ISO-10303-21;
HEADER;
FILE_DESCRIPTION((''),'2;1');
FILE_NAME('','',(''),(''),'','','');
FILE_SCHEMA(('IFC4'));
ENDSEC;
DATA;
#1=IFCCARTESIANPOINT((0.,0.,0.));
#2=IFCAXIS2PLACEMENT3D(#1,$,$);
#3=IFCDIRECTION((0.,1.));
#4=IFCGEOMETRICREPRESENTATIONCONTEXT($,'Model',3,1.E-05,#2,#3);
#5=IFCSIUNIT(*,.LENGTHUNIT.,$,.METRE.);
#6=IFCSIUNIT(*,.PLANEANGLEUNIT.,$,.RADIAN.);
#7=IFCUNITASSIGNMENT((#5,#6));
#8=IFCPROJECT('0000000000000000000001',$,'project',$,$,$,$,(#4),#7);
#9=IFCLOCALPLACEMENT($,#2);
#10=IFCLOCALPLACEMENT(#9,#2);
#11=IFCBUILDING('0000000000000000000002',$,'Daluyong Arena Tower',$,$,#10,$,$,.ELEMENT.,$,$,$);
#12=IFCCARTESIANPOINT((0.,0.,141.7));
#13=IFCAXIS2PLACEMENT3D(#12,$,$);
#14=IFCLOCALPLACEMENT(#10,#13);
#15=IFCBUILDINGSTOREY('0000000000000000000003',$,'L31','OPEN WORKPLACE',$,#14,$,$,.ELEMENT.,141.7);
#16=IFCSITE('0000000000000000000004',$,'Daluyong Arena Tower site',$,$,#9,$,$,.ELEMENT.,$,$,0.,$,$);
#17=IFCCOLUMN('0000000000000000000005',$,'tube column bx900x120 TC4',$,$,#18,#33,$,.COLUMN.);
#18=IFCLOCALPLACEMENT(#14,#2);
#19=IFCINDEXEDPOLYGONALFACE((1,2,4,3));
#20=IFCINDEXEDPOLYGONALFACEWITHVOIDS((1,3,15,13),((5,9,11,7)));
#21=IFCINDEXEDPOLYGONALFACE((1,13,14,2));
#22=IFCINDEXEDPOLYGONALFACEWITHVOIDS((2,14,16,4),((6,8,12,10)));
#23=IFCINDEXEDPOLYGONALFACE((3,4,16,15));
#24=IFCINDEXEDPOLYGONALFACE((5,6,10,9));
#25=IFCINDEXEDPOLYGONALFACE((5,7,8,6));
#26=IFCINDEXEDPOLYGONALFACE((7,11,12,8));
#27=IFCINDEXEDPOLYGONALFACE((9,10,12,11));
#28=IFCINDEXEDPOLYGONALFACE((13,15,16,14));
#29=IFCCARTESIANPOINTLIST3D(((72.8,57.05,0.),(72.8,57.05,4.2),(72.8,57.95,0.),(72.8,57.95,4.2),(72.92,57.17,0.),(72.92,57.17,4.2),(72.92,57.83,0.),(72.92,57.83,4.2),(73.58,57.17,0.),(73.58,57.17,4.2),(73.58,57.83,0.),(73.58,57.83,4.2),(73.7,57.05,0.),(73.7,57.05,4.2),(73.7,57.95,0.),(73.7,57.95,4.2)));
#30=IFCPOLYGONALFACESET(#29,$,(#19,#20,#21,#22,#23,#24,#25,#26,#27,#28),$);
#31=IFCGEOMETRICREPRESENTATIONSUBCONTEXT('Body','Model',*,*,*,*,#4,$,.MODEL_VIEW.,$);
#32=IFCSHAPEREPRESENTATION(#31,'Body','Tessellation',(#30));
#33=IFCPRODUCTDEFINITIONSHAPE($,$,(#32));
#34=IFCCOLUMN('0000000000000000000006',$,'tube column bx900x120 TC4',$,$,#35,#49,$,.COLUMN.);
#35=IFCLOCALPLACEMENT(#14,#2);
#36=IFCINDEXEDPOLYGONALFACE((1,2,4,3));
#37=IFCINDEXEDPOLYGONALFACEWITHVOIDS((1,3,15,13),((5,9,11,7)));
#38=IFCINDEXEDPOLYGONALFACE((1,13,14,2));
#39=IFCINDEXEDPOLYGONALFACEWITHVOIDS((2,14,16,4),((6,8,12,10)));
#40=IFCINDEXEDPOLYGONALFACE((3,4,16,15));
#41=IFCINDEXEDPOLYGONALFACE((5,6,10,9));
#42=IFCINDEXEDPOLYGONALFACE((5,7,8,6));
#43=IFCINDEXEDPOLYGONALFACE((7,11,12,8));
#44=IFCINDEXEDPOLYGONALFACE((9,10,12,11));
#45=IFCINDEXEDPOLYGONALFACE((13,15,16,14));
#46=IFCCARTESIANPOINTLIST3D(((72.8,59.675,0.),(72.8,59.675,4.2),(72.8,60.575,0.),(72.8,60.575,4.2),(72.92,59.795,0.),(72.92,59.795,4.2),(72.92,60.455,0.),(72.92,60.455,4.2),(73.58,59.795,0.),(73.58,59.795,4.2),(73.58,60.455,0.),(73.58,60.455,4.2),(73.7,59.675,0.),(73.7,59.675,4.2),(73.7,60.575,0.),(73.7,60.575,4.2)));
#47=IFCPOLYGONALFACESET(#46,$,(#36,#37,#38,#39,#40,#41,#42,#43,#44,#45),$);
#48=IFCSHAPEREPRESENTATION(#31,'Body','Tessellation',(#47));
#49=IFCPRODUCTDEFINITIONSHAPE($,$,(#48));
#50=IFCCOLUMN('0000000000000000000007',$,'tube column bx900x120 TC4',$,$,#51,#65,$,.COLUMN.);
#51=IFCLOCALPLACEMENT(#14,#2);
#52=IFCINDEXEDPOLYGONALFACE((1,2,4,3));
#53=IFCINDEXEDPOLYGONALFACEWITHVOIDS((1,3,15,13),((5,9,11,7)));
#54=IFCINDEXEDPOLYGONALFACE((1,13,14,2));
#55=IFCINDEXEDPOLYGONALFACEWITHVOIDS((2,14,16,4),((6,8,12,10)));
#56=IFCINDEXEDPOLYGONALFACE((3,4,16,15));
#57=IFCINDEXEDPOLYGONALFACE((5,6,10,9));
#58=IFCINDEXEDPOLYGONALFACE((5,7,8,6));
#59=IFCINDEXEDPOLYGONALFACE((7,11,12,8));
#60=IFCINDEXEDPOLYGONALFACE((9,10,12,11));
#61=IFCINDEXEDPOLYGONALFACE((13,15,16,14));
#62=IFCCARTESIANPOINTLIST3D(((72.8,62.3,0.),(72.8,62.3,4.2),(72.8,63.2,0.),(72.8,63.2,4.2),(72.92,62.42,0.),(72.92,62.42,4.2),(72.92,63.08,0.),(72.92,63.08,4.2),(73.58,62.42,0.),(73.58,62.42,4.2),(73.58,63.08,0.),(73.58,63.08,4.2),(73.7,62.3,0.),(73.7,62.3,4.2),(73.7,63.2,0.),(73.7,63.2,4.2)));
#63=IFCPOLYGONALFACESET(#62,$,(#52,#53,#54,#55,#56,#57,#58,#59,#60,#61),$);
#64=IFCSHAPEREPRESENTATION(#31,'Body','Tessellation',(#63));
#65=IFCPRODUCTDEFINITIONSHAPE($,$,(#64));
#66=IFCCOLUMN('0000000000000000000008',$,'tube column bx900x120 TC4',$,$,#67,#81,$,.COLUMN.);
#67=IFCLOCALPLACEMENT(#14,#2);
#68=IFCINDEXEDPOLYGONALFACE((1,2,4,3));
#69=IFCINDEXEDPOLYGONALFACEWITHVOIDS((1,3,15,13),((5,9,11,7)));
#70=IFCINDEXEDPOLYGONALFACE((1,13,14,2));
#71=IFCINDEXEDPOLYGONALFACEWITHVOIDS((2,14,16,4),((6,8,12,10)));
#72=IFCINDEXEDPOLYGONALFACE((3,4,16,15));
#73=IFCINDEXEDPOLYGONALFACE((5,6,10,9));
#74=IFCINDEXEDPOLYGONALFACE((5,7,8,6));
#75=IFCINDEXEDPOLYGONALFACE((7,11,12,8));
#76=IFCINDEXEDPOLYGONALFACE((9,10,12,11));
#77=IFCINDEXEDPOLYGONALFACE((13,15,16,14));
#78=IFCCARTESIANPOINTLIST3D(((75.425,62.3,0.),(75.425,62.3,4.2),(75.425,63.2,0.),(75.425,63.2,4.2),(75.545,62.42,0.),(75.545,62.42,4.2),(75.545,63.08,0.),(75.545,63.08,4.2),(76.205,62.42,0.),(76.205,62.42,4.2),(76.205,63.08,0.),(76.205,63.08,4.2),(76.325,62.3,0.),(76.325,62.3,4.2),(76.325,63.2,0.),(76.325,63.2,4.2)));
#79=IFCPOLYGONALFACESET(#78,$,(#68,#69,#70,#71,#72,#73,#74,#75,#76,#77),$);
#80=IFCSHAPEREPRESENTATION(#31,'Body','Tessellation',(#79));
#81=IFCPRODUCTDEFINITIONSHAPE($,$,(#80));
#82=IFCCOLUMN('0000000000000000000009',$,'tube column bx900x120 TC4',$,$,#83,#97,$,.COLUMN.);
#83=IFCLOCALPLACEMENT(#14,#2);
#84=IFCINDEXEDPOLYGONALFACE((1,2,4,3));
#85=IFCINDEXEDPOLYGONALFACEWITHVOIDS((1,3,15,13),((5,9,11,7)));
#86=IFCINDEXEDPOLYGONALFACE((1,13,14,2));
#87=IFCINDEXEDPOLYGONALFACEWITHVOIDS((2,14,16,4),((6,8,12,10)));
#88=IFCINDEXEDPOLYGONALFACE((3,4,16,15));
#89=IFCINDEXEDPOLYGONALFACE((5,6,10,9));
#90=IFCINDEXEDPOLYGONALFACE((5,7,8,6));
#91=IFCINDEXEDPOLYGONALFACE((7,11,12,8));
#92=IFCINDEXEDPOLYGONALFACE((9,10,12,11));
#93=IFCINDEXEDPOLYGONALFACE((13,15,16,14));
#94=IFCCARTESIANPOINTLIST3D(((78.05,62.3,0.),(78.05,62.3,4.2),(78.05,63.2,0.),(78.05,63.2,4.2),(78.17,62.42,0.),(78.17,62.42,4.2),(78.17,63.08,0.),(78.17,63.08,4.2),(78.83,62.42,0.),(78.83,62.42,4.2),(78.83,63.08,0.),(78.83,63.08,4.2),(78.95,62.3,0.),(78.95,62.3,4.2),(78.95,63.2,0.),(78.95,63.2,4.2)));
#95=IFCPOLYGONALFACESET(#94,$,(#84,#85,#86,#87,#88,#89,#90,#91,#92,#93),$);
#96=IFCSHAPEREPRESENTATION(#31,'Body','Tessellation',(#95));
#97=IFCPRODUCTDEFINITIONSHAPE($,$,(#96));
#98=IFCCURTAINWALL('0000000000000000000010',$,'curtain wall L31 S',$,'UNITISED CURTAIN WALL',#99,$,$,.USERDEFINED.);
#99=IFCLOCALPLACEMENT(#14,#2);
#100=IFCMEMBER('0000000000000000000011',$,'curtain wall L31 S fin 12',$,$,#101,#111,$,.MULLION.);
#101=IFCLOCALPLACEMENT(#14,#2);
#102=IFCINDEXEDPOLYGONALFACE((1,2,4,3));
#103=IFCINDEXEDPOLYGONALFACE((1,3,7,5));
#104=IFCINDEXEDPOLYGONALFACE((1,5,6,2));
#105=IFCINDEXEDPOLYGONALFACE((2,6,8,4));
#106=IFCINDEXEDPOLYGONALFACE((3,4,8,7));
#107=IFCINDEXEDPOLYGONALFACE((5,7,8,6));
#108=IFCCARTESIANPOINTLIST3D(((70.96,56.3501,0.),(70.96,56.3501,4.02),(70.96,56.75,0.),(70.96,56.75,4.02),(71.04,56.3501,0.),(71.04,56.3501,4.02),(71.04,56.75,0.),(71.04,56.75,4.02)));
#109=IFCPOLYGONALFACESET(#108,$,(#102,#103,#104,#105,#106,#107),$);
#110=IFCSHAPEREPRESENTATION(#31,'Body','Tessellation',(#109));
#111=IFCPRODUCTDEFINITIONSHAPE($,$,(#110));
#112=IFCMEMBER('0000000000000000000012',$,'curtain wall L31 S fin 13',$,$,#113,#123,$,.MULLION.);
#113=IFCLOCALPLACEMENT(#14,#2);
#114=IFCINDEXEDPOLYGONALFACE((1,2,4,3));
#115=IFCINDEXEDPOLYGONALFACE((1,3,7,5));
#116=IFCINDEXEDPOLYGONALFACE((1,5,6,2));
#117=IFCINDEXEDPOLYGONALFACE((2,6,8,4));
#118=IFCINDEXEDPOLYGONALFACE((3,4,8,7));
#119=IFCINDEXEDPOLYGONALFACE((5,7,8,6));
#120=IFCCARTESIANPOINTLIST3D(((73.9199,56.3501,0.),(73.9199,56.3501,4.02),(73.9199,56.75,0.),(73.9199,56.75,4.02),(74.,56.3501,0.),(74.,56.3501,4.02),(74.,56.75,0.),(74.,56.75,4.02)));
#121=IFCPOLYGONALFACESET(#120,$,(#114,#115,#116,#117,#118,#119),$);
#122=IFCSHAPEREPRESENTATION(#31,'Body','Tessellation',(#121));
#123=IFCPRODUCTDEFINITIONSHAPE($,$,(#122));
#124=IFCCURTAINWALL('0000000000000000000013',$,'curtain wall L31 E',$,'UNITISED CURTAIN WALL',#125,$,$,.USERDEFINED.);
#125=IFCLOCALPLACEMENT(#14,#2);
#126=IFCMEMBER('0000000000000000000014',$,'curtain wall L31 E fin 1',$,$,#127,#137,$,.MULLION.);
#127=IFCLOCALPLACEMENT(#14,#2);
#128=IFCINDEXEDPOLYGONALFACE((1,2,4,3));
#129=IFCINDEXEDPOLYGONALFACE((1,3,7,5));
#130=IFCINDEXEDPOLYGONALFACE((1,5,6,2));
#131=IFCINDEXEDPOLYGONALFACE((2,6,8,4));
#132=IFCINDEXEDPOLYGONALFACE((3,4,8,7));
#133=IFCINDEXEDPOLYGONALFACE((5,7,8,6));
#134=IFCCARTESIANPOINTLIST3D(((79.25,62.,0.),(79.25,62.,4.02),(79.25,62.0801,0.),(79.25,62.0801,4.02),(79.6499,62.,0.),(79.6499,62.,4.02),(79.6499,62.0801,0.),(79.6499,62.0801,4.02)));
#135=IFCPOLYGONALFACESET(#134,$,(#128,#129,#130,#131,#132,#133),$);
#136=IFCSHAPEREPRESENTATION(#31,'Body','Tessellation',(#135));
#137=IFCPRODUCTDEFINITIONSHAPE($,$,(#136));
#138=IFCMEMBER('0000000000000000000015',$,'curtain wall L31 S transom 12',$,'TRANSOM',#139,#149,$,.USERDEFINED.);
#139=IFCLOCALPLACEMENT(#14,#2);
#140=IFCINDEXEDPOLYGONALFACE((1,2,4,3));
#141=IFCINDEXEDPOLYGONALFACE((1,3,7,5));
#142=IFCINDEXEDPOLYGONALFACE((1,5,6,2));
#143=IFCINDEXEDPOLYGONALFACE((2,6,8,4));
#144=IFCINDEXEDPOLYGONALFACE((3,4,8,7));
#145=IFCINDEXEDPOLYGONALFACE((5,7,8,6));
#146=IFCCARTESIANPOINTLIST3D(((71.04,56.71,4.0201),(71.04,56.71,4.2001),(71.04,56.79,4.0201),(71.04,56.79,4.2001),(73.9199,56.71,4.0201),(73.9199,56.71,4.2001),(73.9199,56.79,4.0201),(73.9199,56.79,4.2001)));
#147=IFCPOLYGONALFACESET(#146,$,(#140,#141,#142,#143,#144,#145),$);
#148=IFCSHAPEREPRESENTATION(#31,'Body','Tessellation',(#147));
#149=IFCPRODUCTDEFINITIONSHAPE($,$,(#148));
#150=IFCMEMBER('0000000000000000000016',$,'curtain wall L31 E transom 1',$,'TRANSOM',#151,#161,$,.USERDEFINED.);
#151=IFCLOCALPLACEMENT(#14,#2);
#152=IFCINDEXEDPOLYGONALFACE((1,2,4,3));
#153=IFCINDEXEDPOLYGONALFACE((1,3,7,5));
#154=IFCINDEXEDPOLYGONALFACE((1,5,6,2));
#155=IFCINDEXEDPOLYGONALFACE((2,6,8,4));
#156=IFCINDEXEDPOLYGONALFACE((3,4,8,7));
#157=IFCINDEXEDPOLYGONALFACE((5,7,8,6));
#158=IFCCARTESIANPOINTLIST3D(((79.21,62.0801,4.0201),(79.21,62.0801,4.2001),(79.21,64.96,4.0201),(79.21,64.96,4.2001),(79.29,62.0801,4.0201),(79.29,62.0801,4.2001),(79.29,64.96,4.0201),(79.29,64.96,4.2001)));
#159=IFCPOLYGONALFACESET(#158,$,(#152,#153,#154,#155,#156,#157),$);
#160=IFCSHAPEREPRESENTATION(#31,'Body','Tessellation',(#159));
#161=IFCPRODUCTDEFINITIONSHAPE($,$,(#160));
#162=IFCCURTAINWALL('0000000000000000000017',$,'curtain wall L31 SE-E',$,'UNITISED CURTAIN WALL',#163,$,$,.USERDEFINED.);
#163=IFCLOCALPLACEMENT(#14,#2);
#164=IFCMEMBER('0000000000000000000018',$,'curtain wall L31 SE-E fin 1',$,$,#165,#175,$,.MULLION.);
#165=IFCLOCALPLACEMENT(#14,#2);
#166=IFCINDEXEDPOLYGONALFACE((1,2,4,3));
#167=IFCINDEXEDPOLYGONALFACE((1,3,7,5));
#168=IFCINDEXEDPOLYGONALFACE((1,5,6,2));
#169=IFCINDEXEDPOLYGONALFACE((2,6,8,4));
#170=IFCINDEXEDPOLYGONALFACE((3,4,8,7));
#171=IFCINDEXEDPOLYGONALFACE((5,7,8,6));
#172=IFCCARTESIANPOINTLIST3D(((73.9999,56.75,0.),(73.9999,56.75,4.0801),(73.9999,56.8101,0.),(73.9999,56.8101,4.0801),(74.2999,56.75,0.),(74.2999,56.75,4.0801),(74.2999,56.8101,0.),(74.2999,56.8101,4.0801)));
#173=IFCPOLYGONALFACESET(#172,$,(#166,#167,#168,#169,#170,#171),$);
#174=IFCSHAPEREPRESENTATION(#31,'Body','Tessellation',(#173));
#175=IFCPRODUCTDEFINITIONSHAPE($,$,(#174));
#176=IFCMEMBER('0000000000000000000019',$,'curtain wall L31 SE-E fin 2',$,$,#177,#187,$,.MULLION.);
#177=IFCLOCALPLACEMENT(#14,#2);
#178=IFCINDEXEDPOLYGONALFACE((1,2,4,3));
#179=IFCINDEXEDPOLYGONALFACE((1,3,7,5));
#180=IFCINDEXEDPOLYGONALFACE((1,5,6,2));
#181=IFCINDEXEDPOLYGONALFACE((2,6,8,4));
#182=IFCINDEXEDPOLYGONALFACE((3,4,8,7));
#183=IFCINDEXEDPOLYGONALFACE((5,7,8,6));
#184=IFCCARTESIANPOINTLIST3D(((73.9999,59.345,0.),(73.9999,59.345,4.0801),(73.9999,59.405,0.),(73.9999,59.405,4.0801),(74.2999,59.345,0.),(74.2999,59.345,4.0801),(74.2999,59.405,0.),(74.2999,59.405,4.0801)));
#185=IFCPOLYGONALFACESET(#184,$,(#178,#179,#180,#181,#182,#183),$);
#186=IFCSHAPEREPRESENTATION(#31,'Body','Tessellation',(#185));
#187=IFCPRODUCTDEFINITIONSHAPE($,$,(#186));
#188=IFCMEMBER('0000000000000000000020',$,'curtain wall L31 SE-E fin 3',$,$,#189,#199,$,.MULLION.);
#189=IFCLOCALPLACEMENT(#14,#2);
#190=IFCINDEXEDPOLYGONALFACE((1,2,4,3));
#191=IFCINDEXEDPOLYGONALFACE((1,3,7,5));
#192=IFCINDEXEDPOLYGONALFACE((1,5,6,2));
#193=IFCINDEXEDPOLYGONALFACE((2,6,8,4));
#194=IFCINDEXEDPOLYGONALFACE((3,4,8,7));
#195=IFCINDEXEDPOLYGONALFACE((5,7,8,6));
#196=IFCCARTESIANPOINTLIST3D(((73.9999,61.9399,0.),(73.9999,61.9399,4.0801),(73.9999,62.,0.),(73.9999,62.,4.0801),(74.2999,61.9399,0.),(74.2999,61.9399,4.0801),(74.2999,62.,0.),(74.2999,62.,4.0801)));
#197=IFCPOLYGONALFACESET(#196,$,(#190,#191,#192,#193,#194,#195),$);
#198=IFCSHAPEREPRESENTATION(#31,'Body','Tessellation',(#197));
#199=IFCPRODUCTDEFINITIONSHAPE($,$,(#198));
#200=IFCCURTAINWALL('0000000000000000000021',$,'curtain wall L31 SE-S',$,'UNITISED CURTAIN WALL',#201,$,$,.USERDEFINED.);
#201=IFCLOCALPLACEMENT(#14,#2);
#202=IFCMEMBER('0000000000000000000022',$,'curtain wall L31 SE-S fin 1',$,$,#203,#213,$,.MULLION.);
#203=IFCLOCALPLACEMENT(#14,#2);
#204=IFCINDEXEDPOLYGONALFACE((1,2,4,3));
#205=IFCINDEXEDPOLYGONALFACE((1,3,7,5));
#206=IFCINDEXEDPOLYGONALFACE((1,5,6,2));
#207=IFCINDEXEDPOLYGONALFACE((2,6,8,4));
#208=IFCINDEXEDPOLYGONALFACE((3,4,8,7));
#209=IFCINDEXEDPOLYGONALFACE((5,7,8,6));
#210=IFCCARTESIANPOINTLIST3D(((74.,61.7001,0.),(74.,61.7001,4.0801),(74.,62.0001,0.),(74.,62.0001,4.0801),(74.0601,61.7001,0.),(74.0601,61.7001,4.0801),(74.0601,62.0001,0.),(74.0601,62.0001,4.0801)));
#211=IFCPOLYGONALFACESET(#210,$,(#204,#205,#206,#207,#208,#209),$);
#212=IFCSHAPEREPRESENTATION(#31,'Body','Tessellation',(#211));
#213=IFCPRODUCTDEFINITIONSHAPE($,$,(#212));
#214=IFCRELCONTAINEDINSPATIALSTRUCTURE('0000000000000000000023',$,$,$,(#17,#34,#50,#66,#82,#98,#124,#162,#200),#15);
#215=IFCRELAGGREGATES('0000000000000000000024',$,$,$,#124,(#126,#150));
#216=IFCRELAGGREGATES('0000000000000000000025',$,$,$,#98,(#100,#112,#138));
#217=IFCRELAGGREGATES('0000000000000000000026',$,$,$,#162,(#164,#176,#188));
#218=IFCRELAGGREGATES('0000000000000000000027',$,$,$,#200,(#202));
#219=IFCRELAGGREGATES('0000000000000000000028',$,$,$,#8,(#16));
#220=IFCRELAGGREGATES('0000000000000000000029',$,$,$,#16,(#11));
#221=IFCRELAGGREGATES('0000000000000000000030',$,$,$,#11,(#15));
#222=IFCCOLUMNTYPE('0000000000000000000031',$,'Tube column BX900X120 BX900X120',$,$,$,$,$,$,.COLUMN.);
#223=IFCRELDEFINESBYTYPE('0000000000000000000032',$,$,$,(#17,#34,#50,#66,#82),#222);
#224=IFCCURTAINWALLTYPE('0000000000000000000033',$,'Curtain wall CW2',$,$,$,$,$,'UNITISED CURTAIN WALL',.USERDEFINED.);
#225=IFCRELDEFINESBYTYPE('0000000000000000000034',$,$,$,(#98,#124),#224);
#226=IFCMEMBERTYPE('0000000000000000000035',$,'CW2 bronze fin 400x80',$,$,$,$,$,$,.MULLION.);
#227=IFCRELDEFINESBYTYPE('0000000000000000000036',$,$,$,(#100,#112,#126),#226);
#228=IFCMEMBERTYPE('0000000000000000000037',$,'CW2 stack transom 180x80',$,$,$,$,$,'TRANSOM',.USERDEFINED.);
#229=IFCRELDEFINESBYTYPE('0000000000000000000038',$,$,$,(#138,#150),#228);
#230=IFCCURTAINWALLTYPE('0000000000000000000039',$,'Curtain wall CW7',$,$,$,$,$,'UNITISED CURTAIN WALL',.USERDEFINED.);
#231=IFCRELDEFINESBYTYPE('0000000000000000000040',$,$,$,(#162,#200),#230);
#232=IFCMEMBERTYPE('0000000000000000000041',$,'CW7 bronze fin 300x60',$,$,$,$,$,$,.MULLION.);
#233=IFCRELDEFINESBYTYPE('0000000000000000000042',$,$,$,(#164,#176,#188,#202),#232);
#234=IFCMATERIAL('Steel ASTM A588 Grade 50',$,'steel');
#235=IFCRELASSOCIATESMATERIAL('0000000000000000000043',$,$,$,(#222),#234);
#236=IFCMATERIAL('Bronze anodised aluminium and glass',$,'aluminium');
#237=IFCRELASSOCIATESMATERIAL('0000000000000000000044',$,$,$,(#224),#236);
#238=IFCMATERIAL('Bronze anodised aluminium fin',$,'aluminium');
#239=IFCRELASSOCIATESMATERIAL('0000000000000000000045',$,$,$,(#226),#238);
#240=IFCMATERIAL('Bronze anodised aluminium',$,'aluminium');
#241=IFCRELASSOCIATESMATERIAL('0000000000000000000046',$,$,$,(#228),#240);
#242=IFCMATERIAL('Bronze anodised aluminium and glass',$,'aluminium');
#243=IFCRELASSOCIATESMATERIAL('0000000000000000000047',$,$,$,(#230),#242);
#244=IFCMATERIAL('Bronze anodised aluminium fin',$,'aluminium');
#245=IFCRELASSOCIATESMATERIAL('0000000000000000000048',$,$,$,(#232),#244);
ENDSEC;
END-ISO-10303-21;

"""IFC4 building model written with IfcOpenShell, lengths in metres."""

from ifc_helpers import new_model, si_unit, direction, frame, origin, origin_2d, place, context, subcontext, project, spatial, rectangle, hollow_rectangle, extrude, material, material_profile, profile_set, type_object, element, aggregate, save


model = new_model("IFC4")

# Units and contexts
model_context = context("Model", 3, precision=1e-05, world=origin(), true_north=direction((0.0, 1.0)))
body_context = subcontext(model_context, "Body", "Model", "MODEL_VIEW")
ifc_project = project(units=[si_unit("LENGTHUNIT", "METRE"), si_unit("PLANEANGLEUNIT", "RADIAN")], contexts=[model_context])

# Site, building, storey
site_placement = place(None, origin())
site = spatial("IfcSite", under=ifc_project, at=site_placement, Name="Daluyong Arena Tower site", CompositionType="ELEMENT", RefElevation=0.0)
building_placement = place(site_placement, origin())
building = spatial("IfcBuilding", under=site, at=building_placement, Name="Daluyong Arena Tower", CompositionType="ELEMENT")
storey_placement = place(building_placement, frame((0.0, 0.0, 141.7)))
storey = spatial("IfcBuildingStorey", under=building, at=storey_placement, Name="L31", Description="OPEN WORKPLACE", CompositionType="ELEMENT", Elevation=141.7)

# Columns
ifc_material_1 = material(Name="Steel ASTM A588 Grade 50", Category="steel")
ifc_material_profile_1 = material_profile(ifc_material_1, hollow_rectangle(XDim=0.8999, YDim=0.8999, WallThickness=0.12, at=origin_2d()))
ifc_profile_set_1 = profile_set([ifc_material_profile_1], Name="Steel ASTM A588 Grade 50")
column_type = type_object("IfcColumnType", Name="Tube column BX900X120 BX900X120", PredefinedType="COLUMN", material=ifc_profile_set_1)
for number, where, z_axis, x_axis, name in (
    (1, (73.25, 57.5, 0.0), (0.0, 0.0, 1.0), (0.0, 1.0, 0.0), "tube column bx900x120 TC4"),
    (2, (73.25, 60.125, 0.0), (0.0, 0.0, 1.0), (0.0, 1.0, 0.0), "tube column bx900x120 TC4"),
    (3, (73.25, 62.75, 0.0), (0.0, 0.0, 1.0), (1.0, 0.0, 0.0), "tube column bx900x120 TC4"),
    (4, (75.875, 62.75, 0.0), (0.0, 0.0, 1.0), (1.0, 0.0, 0.0), "tube column bx900x120 TC4"),
    (5, (78.5, 62.75, 0.0), (0.0, 0.0, 1.0), (0.0, 1.0, 0.0), "tube column bx900x120 TC4"),
):
    element("IfcColumn", number, at=place(storey_placement, frame(where, z_axis=z_axis, x_axis=x_axis)), inside=storey, type_object=column_type, Name=name, PredefinedType="COLUMN", context=body_context, shape_type="SweptSolid", body=[
        extrude(hollow_rectangle(XDim=0.8999, YDim=0.8999, WallThickness=0.12, at=origin_2d()), origin(), (0.0, 0.0, 1.0), 4.2),
    ])

# Curtain wall, members
ifc_material_2 = material(Name="Bronze anodised aluminium and glass", Category="aluminium")
curtain_wall_type_1 = type_object("IfcCurtainWallType", Name="Curtain wall CW2", ElementType="UNITISED CURTAIN WALL", PredefinedType="USERDEFINED", material=ifc_material_2)
curtain_wall_1_placement = place(storey_placement, origin())
curtain_wall_1 = element("IfcCurtainWall", 6, at=curtain_wall_1_placement, inside=storey, type_object=curtain_wall_type_1, Name="curtain wall L31 S", ObjectType="UNITISED CURTAIN WALL", PredefinedType="USERDEFINED")
ifc_material_3 = material(Name="Bronze anodised aluminium fin", Category="aluminium")
ifc_material_profile_2 = material_profile(ifc_material_3, rectangle(XDim=0.3999, YDim=0.0801, at=origin_2d()))
ifc_profile_set_2 = profile_set([ifc_material_profile_2], Name="Bronze anodised aluminium fin")
member_type_1 = type_object("IfcMemberType", Name="CW2 bronze fin 400x80", PredefinedType="MULLION", material=ifc_profile_set_2)
member_1_placement = place(storey_placement, frame((71.0, 56.55, 0.0), z_axis=(0.0, 0.0, 1.0), x_axis=(0.0, 1.0, 0.0)))
member_1 = element("IfcMember", 7, at=member_1_placement, type_object=member_type_1, Name="curtain wall L31 S fin 12", PredefinedType="MULLION", context=body_context, shape_type="SweptSolid", body=[
    extrude(rectangle(XDim=0.3999, YDim=0.0801, at=origin_2d()), origin(), (0.0, 0.0, 1.0), 4.02),
])
member_2_placement = place(storey_placement, frame((73.96, 56.55, 0.0), z_axis=(0.0, 0.0, 1.0), x_axis=(0.0, 1.0, 0.0)))
member_2 = element("IfcMember", 8, at=member_2_placement, type_object=member_type_1, Name="curtain wall L31 S fin 13", PredefinedType="MULLION", context=body_context, shape_type="SweptSolid", body=[
    extrude(rectangle(XDim=0.3999, YDim=0.0801, at=origin_2d()), origin(), (0.0, 0.0, 1.0), 4.02),
])

# Curtain wall, member
curtain_wall_2_placement = place(storey_placement, origin())
curtain_wall_2 = element("IfcCurtainWall", 9, at=curtain_wall_2_placement, inside=storey, type_object=curtain_wall_type_1, Name="curtain wall L31 E", ObjectType="UNITISED CURTAIN WALL", PredefinedType="USERDEFINED")
member_3_placement = place(storey_placement, frame((79.45, 62.04, 0.0), z_axis=(0.0, 0.0, 1.0), x_axis=(-1.0, 0.0, 0.0)))
member_3 = element("IfcMember", 10, at=member_3_placement, type_object=member_type_1, Name="curtain wall L31 E fin 1", PredefinedType="MULLION", context=body_context, shape_type="SweptSolid", body=[
    extrude(rectangle(XDim=0.3999, YDim=0.0801, at=origin_2d()), origin(), (0.0, 0.0, 1.0), 4.02),
])

# Members
ifc_material_4 = material(Name="Bronze anodised aluminium", Category="aluminium")
ifc_material_profile_3 = material_profile(ifc_material_4, rectangle(XDim=0.0801, YDim=0.1799, at=origin_2d()))
ifc_profile_set_3 = profile_set([ifc_material_profile_3], Name="Bronze anodised aluminium")
member_type_2 = type_object("IfcMemberType", Name="CW2 stack transom 180x80", ElementType="TRANSOM", PredefinedType="USERDEFINED", material=ifc_profile_set_3)
member_4_placement = place(storey_placement, frame((71.04, 56.75, 4.1101), z_axis=(1.0, 0.0, 0.0), x_axis=(0.0, 1.0, 0.0)))
member_4 = element("IfcMember", 11, at=member_4_placement, type_object=member_type_2, Name="curtain wall L31 S transom 12", ObjectType="TRANSOM", PredefinedType="USERDEFINED", context=body_context, shape_type="SweptSolid", body=[
    extrude(rectangle(XDim=0.0801, YDim=0.1799, at=origin_2d()), origin(), (0.0, 0.0, 1.0), 2.8799),
])
member_5_placement = place(storey_placement, frame((79.25, 62.0801, 4.1101), z_axis=(0.0, 1.0, 0.0), x_axis=(-1.0, 0.0, 0.0)))
member_5 = element("IfcMember", 12, at=member_5_placement, type_object=member_type_2, Name="curtain wall L31 E transom 1", ObjectType="TRANSOM", PredefinedType="USERDEFINED", context=body_context, shape_type="SweptSolid", body=[
    extrude(rectangle(XDim=0.0801, YDim=0.1799, at=origin_2d()), origin(), (0.0, 0.0, 1.0), 2.8799),
])
aggregate(curtain_wall_2, [member_3, member_5])

# Curtain walls, members
ifc_material_5 = material(Name="Bronze anodised aluminium and glass", Category="aluminium")
curtain_wall_type_2 = type_object("IfcCurtainWallType", Name="Curtain wall CW7", ElementType="UNITISED CURTAIN WALL", PredefinedType="USERDEFINED", material=ifc_material_5)
curtain_wall_3_placement = place(storey_placement, origin())
curtain_wall_3 = element("IfcCurtainWall", 13, at=curtain_wall_3_placement, inside=storey, type_object=curtain_wall_type_2, Name="curtain wall L31 SE-E", ObjectType="UNITISED CURTAIN WALL", PredefinedType="USERDEFINED")
ifc_material_6 = material(Name="Bronze anodised aluminium fin", Category="aluminium")
ifc_material_profile_4 = material_profile(ifc_material_6, rectangle(XDim=0.3, YDim=0.0601, at=origin_2d()))
ifc_profile_set_4 = profile_set([ifc_material_profile_4], Name="Bronze anodised aluminium fin")
member_type_3 = type_object("IfcMemberType", Name="CW7 bronze fin 300x60", PredefinedType="MULLION", material=ifc_profile_set_4)
member_6_placement = place(storey_placement, frame((74.1499, 56.78, 0.0), z_axis=(0.0, 0.0, 1.0), x_axis=(-1.0, 0.0, 0.0)))
member_6 = element("IfcMember", 14, at=member_6_placement, type_object=member_type_3, Name="curtain wall L31 SE-E fin 1", PredefinedType="MULLION", context=body_context, shape_type="SweptSolid", body=[
    extrude(rectangle(XDim=0.3, YDim=0.0601, at=origin_2d()), origin(), (0.0, 0.0, 1.0), 4.0801),
])
member_7_placement = place(storey_placement, frame((74.1499, 59.375, 0.0), z_axis=(0.0, 0.0, 1.0), x_axis=(-1.0, 0.0, 0.0)))
member_7 = element("IfcMember", 15, at=member_7_placement, type_object=member_type_3, Name="curtain wall L31 SE-E fin 2", PredefinedType="MULLION", context=body_context, shape_type="SweptSolid", body=[
    extrude(rectangle(XDim=0.3, YDim=0.0601, at=origin_2d()), origin(), (0.0, 0.0, 1.0), 4.0801),
])
member_8_placement = place(storey_placement, frame((74.1499, 61.97, 0.0), z_axis=(0.0, 0.0, 1.0), x_axis=(-1.0, 0.0, 0.0)))
member_8 = element("IfcMember", 16, at=member_8_placement, type_object=member_type_3, Name="curtain wall L31 SE-E fin 3", PredefinedType="MULLION", context=body_context, shape_type="SweptSolid", body=[
    extrude(rectangle(XDim=0.3, YDim=0.0601, at=origin_2d()), origin(), (0.0, 0.0, 1.0), 4.0801),
])
curtain_wall_4_placement = place(storey_placement, origin())
curtain_wall_4 = element("IfcCurtainWall", 17, at=curtain_wall_4_placement, inside=storey, type_object=curtain_wall_type_2, Name="curtain wall L31 SE-S", ObjectType="UNITISED CURTAIN WALL", PredefinedType="USERDEFINED")
member_9_placement = place(storey_placement, frame((74.03, 61.8501, 0.0), z_axis=(0.0, 0.0, 1.0), x_axis=(0.0, 1.0, 0.0)))
member_9 = element("IfcMember", 18, at=member_9_placement, type_object=member_type_3, Name="curtain wall L31 SE-S fin 1", PredefinedType="MULLION", context=body_context, shape_type="SweptSolid", body=[
    extrude(rectangle(XDim=0.3, YDim=0.0601, at=origin_2d()), origin(), (0.0, 0.0, 1.0), 4.0801),
])

aggregate(curtain_wall_1, [member_1, member_2, member_4])
aggregate(curtain_wall_3, [member_6, member_7, member_8])
aggregate(curtain_wall_4, [member_9])

save(model, "model.ifc")
